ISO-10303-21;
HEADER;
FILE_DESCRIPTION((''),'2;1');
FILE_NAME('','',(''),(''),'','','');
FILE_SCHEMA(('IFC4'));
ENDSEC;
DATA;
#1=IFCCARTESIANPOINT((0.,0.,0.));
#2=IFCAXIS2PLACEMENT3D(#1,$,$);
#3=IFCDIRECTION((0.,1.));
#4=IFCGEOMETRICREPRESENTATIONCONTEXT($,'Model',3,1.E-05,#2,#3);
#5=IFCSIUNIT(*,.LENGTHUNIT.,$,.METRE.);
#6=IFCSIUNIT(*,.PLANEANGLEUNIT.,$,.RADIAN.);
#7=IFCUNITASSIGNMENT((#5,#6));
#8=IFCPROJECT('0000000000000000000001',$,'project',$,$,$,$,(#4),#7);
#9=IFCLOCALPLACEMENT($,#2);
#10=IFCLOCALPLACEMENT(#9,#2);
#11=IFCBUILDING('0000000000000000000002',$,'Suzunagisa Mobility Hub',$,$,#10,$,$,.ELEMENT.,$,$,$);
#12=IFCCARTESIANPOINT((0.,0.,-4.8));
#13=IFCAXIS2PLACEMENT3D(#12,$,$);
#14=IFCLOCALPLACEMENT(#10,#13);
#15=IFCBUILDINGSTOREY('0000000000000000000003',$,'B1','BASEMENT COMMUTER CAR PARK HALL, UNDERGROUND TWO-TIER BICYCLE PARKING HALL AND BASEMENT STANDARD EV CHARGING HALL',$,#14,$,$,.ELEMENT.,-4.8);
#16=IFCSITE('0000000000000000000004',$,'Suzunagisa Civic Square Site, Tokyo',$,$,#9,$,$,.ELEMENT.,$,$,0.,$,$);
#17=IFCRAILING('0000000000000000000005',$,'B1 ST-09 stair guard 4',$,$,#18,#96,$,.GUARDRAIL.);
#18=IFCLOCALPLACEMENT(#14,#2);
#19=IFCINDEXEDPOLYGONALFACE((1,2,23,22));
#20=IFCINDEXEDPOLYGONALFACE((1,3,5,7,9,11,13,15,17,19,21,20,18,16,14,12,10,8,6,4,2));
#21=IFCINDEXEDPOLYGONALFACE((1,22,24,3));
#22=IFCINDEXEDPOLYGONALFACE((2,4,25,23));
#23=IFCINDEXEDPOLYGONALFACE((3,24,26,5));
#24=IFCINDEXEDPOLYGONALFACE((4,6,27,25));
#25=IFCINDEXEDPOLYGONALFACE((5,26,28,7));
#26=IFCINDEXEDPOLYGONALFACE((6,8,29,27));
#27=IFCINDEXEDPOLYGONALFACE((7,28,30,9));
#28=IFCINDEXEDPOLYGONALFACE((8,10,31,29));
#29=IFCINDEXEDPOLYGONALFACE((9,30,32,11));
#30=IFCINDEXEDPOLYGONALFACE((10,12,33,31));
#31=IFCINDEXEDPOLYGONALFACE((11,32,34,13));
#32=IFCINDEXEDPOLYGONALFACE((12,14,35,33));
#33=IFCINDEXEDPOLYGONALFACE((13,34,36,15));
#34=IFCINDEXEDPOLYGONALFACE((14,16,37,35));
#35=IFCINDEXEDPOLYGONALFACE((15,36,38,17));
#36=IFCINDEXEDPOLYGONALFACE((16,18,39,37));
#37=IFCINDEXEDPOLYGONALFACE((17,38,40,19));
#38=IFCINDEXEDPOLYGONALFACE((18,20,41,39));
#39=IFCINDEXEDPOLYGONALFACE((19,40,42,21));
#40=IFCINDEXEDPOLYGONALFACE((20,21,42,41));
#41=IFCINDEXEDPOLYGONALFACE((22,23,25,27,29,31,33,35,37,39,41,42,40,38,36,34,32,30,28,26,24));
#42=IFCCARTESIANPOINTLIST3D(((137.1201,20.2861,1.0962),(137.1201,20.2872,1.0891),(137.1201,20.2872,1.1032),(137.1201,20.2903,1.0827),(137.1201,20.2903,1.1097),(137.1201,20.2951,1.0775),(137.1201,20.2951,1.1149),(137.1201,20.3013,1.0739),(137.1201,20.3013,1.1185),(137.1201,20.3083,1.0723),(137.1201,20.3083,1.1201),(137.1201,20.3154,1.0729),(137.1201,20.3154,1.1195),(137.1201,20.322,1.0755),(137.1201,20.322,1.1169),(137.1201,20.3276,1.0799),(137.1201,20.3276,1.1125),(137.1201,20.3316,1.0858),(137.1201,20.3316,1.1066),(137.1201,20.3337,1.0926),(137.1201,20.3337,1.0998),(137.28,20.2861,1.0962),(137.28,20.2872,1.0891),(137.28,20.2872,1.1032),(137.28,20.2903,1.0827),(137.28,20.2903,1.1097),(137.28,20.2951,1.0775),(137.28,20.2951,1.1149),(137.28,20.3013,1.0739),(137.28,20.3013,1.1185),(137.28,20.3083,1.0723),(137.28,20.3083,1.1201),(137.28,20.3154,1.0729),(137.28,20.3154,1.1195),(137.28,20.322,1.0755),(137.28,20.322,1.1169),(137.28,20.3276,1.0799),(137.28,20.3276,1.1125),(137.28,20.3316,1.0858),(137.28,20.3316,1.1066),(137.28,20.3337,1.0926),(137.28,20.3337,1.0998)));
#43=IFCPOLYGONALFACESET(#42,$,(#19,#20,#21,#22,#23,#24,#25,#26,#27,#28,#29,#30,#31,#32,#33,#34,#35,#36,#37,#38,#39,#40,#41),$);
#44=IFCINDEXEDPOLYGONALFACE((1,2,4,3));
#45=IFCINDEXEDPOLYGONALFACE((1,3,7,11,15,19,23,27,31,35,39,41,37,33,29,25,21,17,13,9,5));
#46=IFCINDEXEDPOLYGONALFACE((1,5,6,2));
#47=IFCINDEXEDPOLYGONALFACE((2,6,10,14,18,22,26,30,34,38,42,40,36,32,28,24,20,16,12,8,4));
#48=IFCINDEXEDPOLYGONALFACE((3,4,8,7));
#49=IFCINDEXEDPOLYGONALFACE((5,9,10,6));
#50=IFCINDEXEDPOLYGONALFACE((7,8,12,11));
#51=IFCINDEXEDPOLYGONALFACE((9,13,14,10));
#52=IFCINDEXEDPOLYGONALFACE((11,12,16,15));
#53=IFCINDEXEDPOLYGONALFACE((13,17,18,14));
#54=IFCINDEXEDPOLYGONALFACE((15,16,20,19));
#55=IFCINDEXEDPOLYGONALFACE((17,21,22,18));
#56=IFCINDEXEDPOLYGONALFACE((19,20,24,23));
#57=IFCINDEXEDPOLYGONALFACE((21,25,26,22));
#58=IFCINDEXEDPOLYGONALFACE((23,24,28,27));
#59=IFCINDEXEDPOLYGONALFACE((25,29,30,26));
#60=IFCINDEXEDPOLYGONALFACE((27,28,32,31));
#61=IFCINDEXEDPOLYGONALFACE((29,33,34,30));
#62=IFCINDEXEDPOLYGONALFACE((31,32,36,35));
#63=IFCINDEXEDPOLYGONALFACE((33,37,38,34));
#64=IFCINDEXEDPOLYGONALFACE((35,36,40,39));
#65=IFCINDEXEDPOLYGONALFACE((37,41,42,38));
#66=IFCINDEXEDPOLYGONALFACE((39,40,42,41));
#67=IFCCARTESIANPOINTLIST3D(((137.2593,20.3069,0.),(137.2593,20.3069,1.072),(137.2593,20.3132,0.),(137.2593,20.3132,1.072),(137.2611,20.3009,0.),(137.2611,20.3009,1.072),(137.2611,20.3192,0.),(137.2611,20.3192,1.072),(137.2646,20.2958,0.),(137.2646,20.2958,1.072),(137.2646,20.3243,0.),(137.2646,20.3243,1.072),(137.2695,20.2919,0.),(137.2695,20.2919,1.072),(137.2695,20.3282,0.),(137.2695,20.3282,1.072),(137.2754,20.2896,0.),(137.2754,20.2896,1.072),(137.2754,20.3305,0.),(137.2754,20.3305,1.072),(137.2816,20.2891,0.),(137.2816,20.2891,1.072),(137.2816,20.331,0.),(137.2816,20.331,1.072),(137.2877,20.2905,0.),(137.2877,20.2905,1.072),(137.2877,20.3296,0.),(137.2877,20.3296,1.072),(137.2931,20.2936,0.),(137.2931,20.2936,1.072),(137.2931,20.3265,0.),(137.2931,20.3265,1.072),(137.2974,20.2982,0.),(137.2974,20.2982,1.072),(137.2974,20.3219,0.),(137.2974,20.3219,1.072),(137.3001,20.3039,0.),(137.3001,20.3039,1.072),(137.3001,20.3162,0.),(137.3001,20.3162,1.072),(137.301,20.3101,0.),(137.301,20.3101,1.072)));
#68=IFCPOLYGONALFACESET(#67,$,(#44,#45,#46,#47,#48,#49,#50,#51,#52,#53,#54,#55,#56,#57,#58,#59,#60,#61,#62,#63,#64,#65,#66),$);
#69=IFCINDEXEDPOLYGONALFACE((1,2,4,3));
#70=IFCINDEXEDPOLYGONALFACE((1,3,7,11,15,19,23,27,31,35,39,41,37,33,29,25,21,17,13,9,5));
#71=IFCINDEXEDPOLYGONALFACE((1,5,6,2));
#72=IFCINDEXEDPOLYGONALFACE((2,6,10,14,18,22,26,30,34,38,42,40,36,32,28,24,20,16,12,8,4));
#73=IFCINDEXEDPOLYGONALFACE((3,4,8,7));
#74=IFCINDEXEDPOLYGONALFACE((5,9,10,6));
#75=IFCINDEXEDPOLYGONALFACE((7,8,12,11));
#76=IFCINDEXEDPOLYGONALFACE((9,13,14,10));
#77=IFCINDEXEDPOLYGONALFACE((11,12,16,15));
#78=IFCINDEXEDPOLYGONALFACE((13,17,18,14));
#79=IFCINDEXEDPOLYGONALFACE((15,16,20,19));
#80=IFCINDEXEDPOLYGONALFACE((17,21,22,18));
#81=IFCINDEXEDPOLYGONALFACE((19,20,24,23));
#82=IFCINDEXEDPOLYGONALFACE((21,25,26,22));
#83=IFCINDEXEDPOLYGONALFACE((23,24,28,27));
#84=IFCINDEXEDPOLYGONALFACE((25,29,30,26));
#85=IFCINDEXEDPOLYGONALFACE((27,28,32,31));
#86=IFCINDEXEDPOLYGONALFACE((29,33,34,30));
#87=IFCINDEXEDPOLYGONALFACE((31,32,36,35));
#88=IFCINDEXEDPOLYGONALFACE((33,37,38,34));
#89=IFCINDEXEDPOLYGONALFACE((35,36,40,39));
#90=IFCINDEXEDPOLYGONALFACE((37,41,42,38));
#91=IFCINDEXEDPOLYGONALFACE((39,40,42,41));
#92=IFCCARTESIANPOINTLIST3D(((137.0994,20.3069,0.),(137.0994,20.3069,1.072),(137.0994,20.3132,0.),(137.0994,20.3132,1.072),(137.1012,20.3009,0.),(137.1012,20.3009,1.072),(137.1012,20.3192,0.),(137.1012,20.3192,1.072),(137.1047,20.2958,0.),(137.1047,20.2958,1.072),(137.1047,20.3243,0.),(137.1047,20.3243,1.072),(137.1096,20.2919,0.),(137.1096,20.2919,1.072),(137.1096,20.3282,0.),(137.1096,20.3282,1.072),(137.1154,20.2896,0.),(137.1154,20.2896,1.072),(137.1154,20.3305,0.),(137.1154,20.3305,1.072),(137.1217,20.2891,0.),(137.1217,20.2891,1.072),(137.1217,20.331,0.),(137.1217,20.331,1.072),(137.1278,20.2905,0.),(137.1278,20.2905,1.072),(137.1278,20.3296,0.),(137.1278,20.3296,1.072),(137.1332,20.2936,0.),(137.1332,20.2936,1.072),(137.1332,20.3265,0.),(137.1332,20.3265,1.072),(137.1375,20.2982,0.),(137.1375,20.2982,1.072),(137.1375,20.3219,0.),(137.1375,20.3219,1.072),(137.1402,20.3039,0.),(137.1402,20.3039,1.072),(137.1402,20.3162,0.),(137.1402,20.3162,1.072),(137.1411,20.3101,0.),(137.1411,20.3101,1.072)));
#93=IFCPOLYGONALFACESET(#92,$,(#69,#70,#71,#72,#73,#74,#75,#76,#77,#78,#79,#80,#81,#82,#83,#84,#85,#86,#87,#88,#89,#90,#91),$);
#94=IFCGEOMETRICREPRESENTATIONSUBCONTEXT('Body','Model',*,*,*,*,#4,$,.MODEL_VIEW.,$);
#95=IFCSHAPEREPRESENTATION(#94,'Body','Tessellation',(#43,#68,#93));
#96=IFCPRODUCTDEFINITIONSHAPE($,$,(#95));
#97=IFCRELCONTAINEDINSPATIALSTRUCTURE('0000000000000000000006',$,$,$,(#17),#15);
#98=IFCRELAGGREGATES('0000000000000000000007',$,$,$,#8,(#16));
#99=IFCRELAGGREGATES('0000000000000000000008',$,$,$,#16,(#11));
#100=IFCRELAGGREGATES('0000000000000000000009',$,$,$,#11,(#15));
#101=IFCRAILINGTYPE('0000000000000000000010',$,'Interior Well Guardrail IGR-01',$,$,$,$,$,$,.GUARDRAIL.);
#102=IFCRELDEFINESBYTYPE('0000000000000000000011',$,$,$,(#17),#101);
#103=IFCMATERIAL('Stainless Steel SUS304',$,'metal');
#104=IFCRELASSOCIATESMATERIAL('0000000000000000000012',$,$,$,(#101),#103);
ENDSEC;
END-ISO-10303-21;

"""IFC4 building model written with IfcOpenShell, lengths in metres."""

from ifc_helpers import new_model, si_unit, direction, frame, origin, origin_2d, place, context, subcontext, project, spatial, circle, extrude, material, type_object, element, save


model = new_model("IFC4")

# Units and contexts
model_context = context("Model", 3, precision=1e-05, world=origin(), true_north=direction((0.0, 1.0)))
body_context = subcontext(model_context, "Body", "Model", "MODEL_VIEW")
ifc_project = project(units=[si_unit("LENGTHUNIT", "METRE"), si_unit("PLANEANGLEUNIT", "RADIAN")], contexts=[model_context])

# Site, building, storey
site_placement = place(None, origin())
site = spatial("IfcSite", under=ifc_project, at=site_placement, Name="Suzunagisa Civic Square Site, Tokyo", CompositionType="ELEMENT", RefElevation=0.0)
building_placement = place(site_placement, origin())
building = spatial("IfcBuilding", under=site, at=building_placement, Name="Suzunagisa Mobility Hub", CompositionType="ELEMENT")
storey_placement = place(building_placement, frame((0.0, 0.0, -4.8)))
storey = spatial("IfcBuildingStorey", under=building, at=storey_placement, Name="B1", Description="BASEMENT COMMUTER CAR PARK HALL, UNDERGROUND TWO-TIER BICYCLE PARKING HALL AND BASEMENT STANDARD EV CHARGING HALL", CompositionType="ELEMENT", Elevation=-4.8)

# Railing
ifc_material_1 = material(Name="Stainless Steel SUS304", Category="metal")
railing_type_1 = type_object("IfcRailingType", Name="Interior Well Guardrail IGR-01", PredefinedType="GUARDRAIL", material=ifc_material_1)
railing_1_placement = place(storey_placement, frame((137.28, 20.3101, 0.0)))
element("IfcRailing", 1, at=railing_1_placement, inside=storey, type_object=railing_type_1, Name="B1 ST-09 stair guard 4", PredefinedType="GUARDRAIL", context=body_context, shape_type="SweptSolid", body=[
    extrude(circle(Radius=0.0239, at=origin_2d()), frame((0.0, 0.0, 1.0962), z_axis=(-1.0, 0.0, 0.0), x_axis=(0.0, -1.0, 0.0)), (0.0, 0.0, 1.0), 0.1599),
    extrude(circle(Radius=0.021, at=origin_2d()), origin(), (0.0, 0.0, 1.0), 1.072),
    extrude(circle(Radius=0.021, at=origin_2d()), frame((-0.1599, 0.0, 0.0)), (0.0, 0.0, 1.0), 1.072),
])

save(model, "model.ifc")
